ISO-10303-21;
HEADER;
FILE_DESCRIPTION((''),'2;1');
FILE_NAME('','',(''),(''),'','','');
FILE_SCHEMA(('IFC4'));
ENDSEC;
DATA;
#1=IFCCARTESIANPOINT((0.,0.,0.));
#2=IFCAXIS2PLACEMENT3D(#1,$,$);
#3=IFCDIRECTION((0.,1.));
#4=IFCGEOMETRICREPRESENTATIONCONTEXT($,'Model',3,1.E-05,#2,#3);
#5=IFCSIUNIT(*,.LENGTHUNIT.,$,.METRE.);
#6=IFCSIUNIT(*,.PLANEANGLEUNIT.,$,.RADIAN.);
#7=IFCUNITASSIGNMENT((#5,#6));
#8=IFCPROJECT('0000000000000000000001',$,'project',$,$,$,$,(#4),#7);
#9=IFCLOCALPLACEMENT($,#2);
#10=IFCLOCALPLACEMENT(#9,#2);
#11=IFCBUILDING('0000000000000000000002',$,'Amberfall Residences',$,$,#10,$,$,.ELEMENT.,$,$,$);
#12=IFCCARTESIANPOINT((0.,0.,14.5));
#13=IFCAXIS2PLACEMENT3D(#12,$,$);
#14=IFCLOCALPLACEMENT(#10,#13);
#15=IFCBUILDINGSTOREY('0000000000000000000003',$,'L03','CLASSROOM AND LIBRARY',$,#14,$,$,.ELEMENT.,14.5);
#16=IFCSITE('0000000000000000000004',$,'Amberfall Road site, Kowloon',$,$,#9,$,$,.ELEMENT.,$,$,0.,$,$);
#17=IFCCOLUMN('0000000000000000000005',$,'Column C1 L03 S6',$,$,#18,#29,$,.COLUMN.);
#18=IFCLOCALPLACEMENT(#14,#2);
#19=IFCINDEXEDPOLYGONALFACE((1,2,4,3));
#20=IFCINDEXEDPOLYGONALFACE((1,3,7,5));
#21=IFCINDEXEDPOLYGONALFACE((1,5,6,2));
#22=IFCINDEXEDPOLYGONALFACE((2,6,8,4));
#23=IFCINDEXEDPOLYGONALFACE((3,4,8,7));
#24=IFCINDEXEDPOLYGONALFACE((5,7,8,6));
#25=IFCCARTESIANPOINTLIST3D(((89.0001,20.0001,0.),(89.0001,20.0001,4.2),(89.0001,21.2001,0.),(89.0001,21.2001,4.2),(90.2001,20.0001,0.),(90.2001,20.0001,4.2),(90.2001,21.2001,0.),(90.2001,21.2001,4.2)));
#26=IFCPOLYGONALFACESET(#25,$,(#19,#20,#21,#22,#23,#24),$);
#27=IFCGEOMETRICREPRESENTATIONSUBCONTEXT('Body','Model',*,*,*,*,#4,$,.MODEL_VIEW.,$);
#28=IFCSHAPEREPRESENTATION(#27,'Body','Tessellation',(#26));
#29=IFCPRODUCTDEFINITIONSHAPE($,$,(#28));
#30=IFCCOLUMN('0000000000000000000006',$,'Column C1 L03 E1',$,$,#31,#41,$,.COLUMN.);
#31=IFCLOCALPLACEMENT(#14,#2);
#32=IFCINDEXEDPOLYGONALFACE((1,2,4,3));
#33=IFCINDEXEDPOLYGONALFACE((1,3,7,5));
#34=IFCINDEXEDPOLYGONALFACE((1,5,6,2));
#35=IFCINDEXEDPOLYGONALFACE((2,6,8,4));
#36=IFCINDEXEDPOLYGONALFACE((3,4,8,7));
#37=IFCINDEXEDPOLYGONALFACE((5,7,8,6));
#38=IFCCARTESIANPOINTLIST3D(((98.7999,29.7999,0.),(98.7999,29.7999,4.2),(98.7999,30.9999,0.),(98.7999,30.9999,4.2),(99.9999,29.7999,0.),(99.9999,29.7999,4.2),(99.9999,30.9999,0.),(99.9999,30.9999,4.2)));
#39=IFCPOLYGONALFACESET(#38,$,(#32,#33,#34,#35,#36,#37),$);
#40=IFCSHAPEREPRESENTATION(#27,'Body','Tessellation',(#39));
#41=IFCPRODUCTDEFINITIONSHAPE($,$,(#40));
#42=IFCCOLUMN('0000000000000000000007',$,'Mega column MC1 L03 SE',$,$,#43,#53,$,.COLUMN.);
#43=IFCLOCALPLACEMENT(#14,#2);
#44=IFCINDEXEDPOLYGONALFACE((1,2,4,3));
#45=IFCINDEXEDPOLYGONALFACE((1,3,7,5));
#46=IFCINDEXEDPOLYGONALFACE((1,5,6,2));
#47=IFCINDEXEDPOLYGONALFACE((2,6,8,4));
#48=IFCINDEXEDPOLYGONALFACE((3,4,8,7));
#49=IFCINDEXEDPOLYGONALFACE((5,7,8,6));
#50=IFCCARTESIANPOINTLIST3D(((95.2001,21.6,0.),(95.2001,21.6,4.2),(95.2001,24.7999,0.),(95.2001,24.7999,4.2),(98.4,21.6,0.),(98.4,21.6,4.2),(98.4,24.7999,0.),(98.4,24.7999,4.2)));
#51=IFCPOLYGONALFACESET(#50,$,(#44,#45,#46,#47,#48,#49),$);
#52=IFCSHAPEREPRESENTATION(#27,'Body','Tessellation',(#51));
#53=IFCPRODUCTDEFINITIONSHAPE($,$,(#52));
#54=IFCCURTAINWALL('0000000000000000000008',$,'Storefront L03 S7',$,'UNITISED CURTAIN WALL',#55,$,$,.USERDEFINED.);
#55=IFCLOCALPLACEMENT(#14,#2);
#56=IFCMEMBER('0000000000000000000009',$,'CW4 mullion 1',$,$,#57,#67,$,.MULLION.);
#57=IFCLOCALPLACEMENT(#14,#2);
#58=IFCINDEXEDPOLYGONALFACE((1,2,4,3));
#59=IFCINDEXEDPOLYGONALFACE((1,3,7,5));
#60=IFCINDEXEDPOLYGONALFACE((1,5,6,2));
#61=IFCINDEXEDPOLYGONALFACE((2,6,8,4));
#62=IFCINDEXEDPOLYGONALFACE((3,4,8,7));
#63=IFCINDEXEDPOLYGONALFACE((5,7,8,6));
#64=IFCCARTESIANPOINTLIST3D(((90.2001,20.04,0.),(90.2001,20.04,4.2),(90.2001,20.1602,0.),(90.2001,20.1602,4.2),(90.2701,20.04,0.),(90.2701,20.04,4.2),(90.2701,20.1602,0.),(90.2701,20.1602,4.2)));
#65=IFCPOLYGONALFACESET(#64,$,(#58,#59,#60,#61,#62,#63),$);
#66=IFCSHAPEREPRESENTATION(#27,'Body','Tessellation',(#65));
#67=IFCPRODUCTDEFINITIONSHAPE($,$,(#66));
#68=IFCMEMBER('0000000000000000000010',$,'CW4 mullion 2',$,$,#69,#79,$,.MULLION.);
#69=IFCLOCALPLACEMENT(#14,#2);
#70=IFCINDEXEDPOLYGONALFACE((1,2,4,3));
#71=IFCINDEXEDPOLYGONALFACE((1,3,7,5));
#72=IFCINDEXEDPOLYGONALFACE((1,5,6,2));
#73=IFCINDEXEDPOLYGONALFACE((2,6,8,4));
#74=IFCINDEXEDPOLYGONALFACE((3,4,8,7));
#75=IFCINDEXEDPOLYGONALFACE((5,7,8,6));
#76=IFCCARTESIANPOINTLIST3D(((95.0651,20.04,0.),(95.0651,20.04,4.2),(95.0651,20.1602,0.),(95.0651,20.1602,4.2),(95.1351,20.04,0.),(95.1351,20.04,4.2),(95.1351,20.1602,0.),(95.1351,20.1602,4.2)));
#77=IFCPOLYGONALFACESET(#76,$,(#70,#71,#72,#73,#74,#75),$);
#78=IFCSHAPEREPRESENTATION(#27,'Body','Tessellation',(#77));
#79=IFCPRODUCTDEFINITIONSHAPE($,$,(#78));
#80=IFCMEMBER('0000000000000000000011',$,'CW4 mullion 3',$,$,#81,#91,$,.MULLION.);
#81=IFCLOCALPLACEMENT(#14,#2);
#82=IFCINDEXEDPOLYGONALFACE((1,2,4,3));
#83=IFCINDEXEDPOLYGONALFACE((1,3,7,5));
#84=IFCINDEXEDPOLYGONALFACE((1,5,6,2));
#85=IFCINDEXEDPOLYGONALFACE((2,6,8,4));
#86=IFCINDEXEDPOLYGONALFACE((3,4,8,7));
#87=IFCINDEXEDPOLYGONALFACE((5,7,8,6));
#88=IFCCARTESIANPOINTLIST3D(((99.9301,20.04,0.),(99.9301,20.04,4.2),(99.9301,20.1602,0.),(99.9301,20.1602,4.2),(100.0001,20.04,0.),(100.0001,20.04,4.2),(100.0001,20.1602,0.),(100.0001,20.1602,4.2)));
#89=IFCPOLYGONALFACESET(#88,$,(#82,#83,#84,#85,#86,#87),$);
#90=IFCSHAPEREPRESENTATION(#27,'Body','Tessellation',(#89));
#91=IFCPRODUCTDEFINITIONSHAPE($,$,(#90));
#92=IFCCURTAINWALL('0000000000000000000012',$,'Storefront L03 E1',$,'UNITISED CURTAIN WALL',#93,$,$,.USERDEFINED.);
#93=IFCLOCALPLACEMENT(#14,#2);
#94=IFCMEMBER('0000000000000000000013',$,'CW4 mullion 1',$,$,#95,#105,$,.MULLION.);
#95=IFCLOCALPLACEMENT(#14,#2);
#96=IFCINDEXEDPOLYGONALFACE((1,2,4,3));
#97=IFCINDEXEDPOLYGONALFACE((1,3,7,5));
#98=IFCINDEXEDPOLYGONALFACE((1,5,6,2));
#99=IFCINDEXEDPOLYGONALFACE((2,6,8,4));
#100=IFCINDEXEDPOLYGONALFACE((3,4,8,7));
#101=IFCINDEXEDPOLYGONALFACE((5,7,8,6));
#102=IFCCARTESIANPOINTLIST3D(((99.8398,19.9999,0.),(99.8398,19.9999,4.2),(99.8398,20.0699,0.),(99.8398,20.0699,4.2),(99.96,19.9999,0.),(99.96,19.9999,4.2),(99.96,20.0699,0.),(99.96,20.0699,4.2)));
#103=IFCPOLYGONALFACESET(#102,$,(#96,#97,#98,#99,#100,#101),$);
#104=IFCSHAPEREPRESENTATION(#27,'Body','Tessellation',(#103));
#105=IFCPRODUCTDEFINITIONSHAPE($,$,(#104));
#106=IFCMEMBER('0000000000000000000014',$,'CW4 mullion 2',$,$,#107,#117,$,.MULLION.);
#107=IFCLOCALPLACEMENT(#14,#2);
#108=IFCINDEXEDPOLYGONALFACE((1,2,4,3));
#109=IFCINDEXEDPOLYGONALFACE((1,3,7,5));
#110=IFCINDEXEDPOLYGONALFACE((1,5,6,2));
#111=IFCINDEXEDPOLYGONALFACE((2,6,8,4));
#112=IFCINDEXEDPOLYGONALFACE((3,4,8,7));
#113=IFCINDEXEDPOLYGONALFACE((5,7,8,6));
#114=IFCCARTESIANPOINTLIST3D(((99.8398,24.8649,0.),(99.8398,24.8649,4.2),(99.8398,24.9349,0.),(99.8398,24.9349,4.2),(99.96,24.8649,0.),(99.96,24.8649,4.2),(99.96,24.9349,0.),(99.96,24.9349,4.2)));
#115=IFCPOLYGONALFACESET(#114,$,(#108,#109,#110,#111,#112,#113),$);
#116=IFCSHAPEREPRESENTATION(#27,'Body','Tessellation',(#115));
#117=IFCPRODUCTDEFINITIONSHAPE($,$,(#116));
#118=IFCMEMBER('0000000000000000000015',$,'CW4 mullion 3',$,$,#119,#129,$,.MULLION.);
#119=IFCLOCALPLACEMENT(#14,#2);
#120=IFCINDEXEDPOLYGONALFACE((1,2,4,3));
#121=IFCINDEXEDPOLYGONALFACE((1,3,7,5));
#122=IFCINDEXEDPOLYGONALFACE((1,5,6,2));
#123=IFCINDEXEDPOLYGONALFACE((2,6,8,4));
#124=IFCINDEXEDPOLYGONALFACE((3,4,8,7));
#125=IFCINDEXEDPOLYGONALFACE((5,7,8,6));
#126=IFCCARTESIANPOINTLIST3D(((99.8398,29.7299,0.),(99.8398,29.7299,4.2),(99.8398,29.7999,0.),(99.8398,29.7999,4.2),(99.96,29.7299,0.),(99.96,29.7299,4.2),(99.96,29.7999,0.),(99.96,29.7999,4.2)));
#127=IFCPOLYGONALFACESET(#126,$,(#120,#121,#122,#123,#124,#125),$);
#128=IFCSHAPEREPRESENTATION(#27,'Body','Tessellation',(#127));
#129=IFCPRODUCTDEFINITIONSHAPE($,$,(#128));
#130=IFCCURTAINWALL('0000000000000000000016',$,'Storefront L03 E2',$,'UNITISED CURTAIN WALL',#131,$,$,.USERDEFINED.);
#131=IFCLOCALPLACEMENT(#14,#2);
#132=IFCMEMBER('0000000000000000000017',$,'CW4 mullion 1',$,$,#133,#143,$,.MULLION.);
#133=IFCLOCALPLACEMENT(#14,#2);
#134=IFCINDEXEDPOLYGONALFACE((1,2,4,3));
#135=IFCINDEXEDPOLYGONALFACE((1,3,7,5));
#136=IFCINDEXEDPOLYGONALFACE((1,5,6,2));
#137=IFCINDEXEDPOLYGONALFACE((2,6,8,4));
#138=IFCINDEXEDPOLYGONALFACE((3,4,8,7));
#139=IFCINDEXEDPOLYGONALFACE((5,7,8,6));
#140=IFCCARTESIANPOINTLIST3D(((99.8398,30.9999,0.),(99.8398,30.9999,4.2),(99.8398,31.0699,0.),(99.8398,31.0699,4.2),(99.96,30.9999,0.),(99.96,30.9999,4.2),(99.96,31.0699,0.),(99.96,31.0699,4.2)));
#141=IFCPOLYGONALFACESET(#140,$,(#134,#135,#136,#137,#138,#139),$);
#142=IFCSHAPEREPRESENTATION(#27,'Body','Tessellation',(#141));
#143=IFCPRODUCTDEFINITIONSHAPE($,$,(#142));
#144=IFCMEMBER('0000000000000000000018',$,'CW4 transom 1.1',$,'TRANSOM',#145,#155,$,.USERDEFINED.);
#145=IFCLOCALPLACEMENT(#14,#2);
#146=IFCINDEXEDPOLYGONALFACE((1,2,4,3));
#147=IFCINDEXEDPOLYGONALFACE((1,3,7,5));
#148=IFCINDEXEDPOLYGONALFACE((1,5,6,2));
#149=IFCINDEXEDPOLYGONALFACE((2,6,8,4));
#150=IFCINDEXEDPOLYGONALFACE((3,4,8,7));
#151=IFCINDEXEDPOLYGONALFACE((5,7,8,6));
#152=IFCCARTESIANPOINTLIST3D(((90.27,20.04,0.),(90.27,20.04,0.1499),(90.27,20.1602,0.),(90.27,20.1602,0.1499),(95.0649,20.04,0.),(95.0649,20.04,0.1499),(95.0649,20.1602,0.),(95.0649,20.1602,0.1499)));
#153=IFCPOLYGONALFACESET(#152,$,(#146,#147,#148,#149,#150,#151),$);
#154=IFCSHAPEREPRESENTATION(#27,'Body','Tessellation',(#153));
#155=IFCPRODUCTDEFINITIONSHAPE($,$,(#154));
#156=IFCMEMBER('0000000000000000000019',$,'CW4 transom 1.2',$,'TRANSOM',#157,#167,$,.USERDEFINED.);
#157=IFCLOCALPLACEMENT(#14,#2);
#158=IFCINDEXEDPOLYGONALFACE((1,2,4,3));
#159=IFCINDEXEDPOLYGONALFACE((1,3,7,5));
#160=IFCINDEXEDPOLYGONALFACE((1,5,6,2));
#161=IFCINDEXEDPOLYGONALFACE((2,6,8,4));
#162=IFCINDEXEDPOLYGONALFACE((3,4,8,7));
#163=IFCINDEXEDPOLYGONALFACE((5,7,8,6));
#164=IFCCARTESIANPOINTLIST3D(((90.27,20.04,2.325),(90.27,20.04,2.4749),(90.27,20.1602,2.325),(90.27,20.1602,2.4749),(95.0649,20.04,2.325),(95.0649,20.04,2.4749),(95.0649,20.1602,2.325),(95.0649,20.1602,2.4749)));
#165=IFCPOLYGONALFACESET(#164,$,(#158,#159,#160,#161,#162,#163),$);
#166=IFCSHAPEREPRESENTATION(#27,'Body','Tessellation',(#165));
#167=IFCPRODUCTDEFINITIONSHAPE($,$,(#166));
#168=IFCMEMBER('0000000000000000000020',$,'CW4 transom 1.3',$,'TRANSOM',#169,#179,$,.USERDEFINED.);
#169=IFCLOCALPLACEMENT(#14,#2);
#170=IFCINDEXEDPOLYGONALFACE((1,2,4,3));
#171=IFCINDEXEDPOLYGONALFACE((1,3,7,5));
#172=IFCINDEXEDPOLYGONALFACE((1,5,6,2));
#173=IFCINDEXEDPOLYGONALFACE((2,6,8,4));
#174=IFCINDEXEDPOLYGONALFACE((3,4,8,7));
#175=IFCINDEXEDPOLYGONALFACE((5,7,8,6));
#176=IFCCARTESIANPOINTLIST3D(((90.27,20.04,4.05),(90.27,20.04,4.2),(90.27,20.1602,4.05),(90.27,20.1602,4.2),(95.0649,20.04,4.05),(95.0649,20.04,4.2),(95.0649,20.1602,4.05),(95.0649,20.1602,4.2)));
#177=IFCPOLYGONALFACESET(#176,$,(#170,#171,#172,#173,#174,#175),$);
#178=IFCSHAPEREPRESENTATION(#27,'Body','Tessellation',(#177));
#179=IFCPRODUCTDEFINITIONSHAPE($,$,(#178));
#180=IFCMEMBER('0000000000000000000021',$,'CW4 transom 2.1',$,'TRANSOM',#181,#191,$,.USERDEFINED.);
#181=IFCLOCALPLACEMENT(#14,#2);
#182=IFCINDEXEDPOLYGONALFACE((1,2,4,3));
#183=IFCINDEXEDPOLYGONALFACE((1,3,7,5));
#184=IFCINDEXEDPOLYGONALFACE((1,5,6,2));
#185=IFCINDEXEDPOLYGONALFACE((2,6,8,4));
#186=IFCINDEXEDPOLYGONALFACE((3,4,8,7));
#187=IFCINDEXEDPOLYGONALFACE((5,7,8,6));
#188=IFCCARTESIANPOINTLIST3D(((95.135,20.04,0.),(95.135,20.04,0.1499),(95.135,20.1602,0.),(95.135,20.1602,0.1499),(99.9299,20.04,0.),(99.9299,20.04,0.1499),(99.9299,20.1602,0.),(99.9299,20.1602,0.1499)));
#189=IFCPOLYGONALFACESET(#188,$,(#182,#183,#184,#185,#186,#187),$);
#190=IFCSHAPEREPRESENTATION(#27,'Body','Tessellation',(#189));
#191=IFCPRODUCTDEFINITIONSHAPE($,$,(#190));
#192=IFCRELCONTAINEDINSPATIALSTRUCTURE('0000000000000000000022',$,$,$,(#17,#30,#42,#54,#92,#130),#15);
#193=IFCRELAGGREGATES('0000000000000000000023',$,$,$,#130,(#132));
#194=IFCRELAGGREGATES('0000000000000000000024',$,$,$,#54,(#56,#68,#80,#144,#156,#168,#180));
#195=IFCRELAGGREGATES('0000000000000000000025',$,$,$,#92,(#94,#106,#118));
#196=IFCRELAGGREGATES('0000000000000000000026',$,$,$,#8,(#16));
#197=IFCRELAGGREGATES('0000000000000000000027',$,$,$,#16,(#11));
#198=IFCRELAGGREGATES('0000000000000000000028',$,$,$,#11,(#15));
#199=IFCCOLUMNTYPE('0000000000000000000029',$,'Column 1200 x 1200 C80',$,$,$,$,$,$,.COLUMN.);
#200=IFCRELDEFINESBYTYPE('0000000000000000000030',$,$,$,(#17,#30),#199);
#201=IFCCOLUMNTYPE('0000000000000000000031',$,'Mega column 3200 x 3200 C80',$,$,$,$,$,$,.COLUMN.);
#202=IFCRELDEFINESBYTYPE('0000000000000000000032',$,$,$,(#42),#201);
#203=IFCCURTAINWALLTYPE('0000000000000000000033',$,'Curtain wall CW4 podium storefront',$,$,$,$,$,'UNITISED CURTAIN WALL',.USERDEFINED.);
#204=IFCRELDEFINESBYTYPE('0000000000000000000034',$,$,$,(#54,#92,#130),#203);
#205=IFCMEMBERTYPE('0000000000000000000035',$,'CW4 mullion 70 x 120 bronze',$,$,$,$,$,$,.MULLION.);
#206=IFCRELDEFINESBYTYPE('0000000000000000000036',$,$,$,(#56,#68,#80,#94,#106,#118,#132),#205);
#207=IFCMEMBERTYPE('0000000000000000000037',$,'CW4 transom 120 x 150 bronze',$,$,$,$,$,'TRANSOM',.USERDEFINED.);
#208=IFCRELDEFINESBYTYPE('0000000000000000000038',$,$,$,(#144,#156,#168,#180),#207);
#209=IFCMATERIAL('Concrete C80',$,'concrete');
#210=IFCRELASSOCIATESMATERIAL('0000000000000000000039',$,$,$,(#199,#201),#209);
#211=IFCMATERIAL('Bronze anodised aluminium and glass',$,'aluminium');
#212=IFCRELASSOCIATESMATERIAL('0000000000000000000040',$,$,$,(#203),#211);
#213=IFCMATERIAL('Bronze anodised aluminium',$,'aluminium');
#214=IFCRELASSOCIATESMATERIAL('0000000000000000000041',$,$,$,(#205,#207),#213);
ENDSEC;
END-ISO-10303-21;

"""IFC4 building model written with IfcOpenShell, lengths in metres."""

from ifc_helpers import new_model, si_unit, direction, frame, origin, origin_2d, place, context, subcontext, project, spatial, rectangle, extrude, material, material_profile, profile_set, type_object, element, aggregate, save


model = new_model("IFC4")

# Units and contexts
model_context = context("Model", 3, precision=1e-05, world=origin(), true_north=direction((0.0, 1.0)))
body_context = subcontext(model_context, "Body", "Model", "MODEL_VIEW")
ifc_project = project(units=[si_unit("LENGTHUNIT", "METRE"), si_unit("PLANEANGLEUNIT", "RADIAN")], contexts=[model_context])

# Site, building, storey
site_placement = place(None, origin())
site = spatial("IfcSite", under=ifc_project, at=site_placement, Name="Amberfall Road site, Kowloon", CompositionType="ELEMENT", RefElevation=0.0)
building_placement = place(site_placement, origin())
building = spatial("IfcBuilding", under=site, at=building_placement, Name="Amberfall Residences", CompositionType="ELEMENT")
storey_placement = place(building_placement, frame((0.0, 0.0, 14.5)))
storey = spatial("IfcBuildingStorey", under=building, at=storey_placement, Name="L03", Description="CLASSROOM AND LIBRARY", CompositionType="ELEMENT", Elevation=14.5)

# Columns
ifc_material_1 = material(Name="Concrete C80", Category="concrete")
ifc_material_profile_1 = material_profile(ifc_material_1, rectangle(XDim=1.2, YDim=1.2, at=origin_2d()), Name="Column 1200 x 1200 C80")
ifc_profile_set_1 = profile_set([ifc_material_profile_1], Name="Concrete C80")
column_type_1 = type_object("IfcColumnType", Name="Column 1200 x 1200 C80", PredefinedType="COLUMN", material=ifc_profile_set_1)
for number, where, z_axis, x_axis, name in (
    (1, (89.6001, 20.6001, 0.0), (0.0, 0.0, 1.0), (1.0, 0.0, 0.0), "Column C1 L03 S6"),
    (2, (99.3999, 30.3999, 0.0), (0.0, 0.0, 1.0), (1.0, 0.0, 0.0), "Column C1 L03 E1"),
):
    element("IfcColumn", number, at=place(storey_placement, frame(where, z_axis=z_axis, x_axis=x_axis)), inside=storey, type_object=column_type_1, Name=name, PredefinedType="COLUMN", context=body_context, shape_type="SweptSolid", body=[
        extrude(rectangle(XDim=1.2, YDim=1.2, at=origin_2d()), origin(), (0.0, 0.0, 1.0), 4.2),
    ])
ifc_material_profile_2 = material_profile(ifc_material_1, rectangle(XDim=3.2, YDim=3.2, at=origin_2d()), Name="Mega column 3200 x 3200 C80")
ifc_profile_set_2 = profile_set([ifc_material_profile_2], Name="Concrete C80")
column_type_2 = type_object("IfcColumnType", Name="Mega column 3200 x 3200 C80", PredefinedType="COLUMN", material=ifc_profile_set_2)
column_placement = place(storey_placement, frame((96.8, 23.2, 0.0), z_axis=(0.0, 0.0, 1.0), x_axis=(1.0, 0.0, 0.0)))
element("IfcColumn", 3, at=column_placement, inside=storey, type_object=column_type_2, Name="Mega column MC1 L03 SE", PredefinedType="COLUMN", context=body_context, shape_type="SweptSolid", body=[
    extrude(rectangle(XDim=3.2, YDim=3.2, at=origin_2d()), origin(), (0.0, 0.0, 1.0), 4.2),
])

# Curtain walls, members
ifc_material_2 = material(Name="Bronze anodised aluminium and glass", Category="aluminium")
curtain_wall_type = type_object("IfcCurtainWallType", Name="Curtain wall CW4 podium storefront", ElementType="UNITISED CURTAIN WALL", PredefinedType="USERDEFINED", material=ifc_material_2)
curtain_wall_1_placement = place(storey_placement, origin())
curtain_wall_1 = element("IfcCurtainWall", 4, at=curtain_wall_1_placement, inside=storey, type_object=curtain_wall_type, Name="Storefront L03 S7", ObjectType="UNITISED CURTAIN WALL", PredefinedType="USERDEFINED")
ifc_material_3 = material(Name="Bronze anodised aluminium", Category="aluminium")
ifc_material_profile_3 = material_profile(ifc_material_3, rectangle(XDim=0.1201, YDim=0.0701, at=origin_2d()), Name="CW4 mullion 70 x 120 bronze")
ifc_profile_set_3 = profile_set([ifc_material_profile_3], Name="Bronze anodised aluminium")
member_type_1 = type_object("IfcMemberType", Name="CW4 mullion 70 x 120 bronze", PredefinedType="MULLION", material=ifc_profile_set_3)
member_1_placement = place(storey_placement, frame((90.2351, 20.1001, 0.0), z_axis=(0.0, 0.0, 1.0), x_axis=(0.0, 1.0, 0.0)))
member_1 = element("IfcMember", 5, at=member_1_placement, type_object=member_type_1, Name="CW4 mullion 1", PredefinedType="MULLION", context=body_context, shape_type="SweptSolid", body=[
    extrude(rectangle(XDim=0.1201, YDim=0.0701, at=origin_2d()), origin(), (0.0, 0.0, 1.0), 4.2),
])
member_2_placement = place(storey_placement, frame((95.1001, 20.1001, 0.0), z_axis=(0.0, 0.0, 1.0), x_axis=(0.0, 1.0, 0.0)))
member_2 = element("IfcMember", 6, at=member_2_placement, type_object=member_type_1, Name="CW4 mullion 2", PredefinedType="MULLION", context=body_context, shape_type="SweptSolid", body=[
    extrude(rectangle(XDim=0.1201, YDim=0.0701, at=origin_2d()), origin(), (0.0, 0.0, 1.0), 4.2),
])
member_3_placement = place(storey_placement, frame((99.9651, 20.1001, 0.0), z_axis=(0.0, 0.0, 1.0), x_axis=(0.0, 1.0, 0.0)))
member_3 = element("IfcMember", 7, at=member_3_placement, type_object=member_type_1, Name="CW4 mullion 3", PredefinedType="MULLION", context=body_context, shape_type="SweptSolid", body=[
    extrude(rectangle(XDim=0.1201, YDim=0.0701, at=origin_2d()), origin(), (0.0, 0.0, 1.0), 4.2),
])
curtain_wall_2_placement = place(storey_placement, origin())
curtain_wall_2 = element("IfcCurtainWall", 8, at=curtain_wall_2_placement, inside=storey, type_object=curtain_wall_type, Name="Storefront L03 E1", ObjectType="UNITISED CURTAIN WALL", PredefinedType="USERDEFINED")
member_4_placement = place(storey_placement, frame((99.8999, 20.0349, 0.0), z_axis=(0.0, 0.0, 1.0), x_axis=(-1.0, 0.0, 0.0)))
member_4 = element("IfcMember", 9, at=member_4_placement, type_object=member_type_1, Name="CW4 mullion 1", PredefinedType="MULLION", context=body_context, shape_type="SweptSolid", body=[
    extrude(rectangle(XDim=0.1201, YDim=0.0701, at=origin_2d()), origin(), (0.0, 0.0, 1.0), 4.2),
])
member_5_placement = place(storey_placement, frame((99.8999, 24.8999, 0.0), z_axis=(0.0, 0.0, 1.0), x_axis=(-1.0, 0.0, 0.0)))
member_5 = element("IfcMember", 10, at=member_5_placement, type_object=member_type_1, Name="CW4 mullion 2", PredefinedType="MULLION", context=body_context, shape_type="SweptSolid", body=[
    extrude(rectangle(XDim=0.1201, YDim=0.0701, at=origin_2d()), origin(), (0.0, 0.0, 1.0), 4.2),
])
member_6_placement = place(storey_placement, frame((99.8999, 29.7649, 0.0), z_axis=(0.0, 0.0, 1.0), x_axis=(-1.0, 0.0, 0.0)))
member_6 = element("IfcMember", 11, at=member_6_placement, type_object=member_type_1, Name="CW4 mullion 3", PredefinedType="MULLION", context=body_context, shape_type="SweptSolid", body=[
    extrude(rectangle(XDim=0.1201, YDim=0.0701, at=origin_2d()), origin(), (0.0, 0.0, 1.0), 4.2),
])

# Curtain wall, member
curtain_wall_3_placement = place(storey_placement, origin())
curtain_wall_3 = element("IfcCurtainWall", 12, at=curtain_wall_3_placement, inside=storey, type_object=curtain_wall_type, Name="Storefront L03 E2", ObjectType="UNITISED CURTAIN WALL", PredefinedType="USERDEFINED")
member_7_placement = place(storey_placement, frame((99.8999, 31.0349, 0.0), z_axis=(0.0, 0.0, 1.0), x_axis=(-1.0, 0.0, 0.0)))
member_7 = element("IfcMember", 13, at=member_7_placement, type_object=member_type_1, Name="CW4 mullion 1", PredefinedType="MULLION", context=body_context, shape_type="SweptSolid", body=[
    extrude(rectangle(XDim=0.1201, YDim=0.0701, at=origin_2d()), origin(), (0.0, 0.0, 1.0), 4.2),
])

# Members
ifc_material_profile_4 = material_profile(ifc_material_3, rectangle(XDim=0.1201, YDim=0.1499, at=origin_2d()), Name="CW4 transom 120 x 150 bronze")
ifc_profile_set_4 = profile_set([ifc_material_profile_4], Name="Bronze anodised aluminium")
member_type_2 = type_object("IfcMemberType", Name="CW4 transom 120 x 150 bronze", ElementType="TRANSOM", PredefinedType="USERDEFINED", material=ifc_profile_set_4)
member_8_placement = place(storey_placement, frame((90.27, 20.1001, 0.075), z_axis=(1.0, 0.0, 0.0), x_axis=(0.0, 1.0, 0.0)))
member_8 = element("IfcMember", 14, at=member_8_placement, type_object=member_type_2, Name="CW4 transom 1.1", ObjectType="TRANSOM", PredefinedType="USERDEFINED", context=body_context, shape_type="SweptSolid", body=[
    extrude(rectangle(XDim=0.1201, YDim=0.1499, at=origin_2d()), origin(), (0.0, 0.0, 1.0), 4.7949),
])
member_9_placement = place(storey_placement, frame((90.27, 20.1001, 2.3999), z_axis=(1.0, 0.0, 0.0), x_axis=(0.0, 1.0, 0.0)))
member_9 = element("IfcMember", 15, at=member_9_placement, type_object=member_type_2, Name="CW4 transom 1.2", ObjectType="TRANSOM", PredefinedType="USERDEFINED", context=body_context, shape_type="SweptSolid", body=[
    extrude(rectangle(XDim=0.1201, YDim=0.1499, at=origin_2d()), origin(), (0.0, 0.0, 1.0), 4.7949),
])
member_10_placement = place(storey_placement, frame((90.27, 20.1001, 4.125), z_axis=(1.0, 0.0, 0.0), x_axis=(0.0, 1.0, 0.0)))
member_10 = element("IfcMember", 16, at=member_10_placement, type_object=member_type_2, Name="CW4 transom 1.3", ObjectType="TRANSOM", PredefinedType="USERDEFINED", context=body_context, shape_type="SweptSolid", body=[
    extrude(rectangle(XDim=0.1201, YDim=0.1499, at=origin_2d()), origin(), (0.0, 0.0, 1.0), 4.7949),
])
member_11_placement = place(storey_placement, frame((95.135, 20.1001, 0.075), z_axis=(1.0, 0.0, 0.0), x_axis=(0.0, 1.0, 0.0)))
member_11 = element("IfcMember", 17, at=member_11_placement, type_object=member_type_2, Name="CW4 transom 2.1", ObjectType="TRANSOM", PredefinedType="USERDEFINED", context=body_context, shape_type="SweptSolid", body=[
    extrude(rectangle(XDim=0.1201, YDim=0.1499, at=origin_2d()), origin(), (0.0, 0.0, 1.0), 4.7949),
])
aggregate(curtain_wall_3, [member_7])

aggregate(curtain_wall_1, [member_1, member_2, member_3, member_8, member_9, member_10, member_11])
aggregate(curtain_wall_2, [member_4, member_5, member_6])

save(model, "model.ifc")
